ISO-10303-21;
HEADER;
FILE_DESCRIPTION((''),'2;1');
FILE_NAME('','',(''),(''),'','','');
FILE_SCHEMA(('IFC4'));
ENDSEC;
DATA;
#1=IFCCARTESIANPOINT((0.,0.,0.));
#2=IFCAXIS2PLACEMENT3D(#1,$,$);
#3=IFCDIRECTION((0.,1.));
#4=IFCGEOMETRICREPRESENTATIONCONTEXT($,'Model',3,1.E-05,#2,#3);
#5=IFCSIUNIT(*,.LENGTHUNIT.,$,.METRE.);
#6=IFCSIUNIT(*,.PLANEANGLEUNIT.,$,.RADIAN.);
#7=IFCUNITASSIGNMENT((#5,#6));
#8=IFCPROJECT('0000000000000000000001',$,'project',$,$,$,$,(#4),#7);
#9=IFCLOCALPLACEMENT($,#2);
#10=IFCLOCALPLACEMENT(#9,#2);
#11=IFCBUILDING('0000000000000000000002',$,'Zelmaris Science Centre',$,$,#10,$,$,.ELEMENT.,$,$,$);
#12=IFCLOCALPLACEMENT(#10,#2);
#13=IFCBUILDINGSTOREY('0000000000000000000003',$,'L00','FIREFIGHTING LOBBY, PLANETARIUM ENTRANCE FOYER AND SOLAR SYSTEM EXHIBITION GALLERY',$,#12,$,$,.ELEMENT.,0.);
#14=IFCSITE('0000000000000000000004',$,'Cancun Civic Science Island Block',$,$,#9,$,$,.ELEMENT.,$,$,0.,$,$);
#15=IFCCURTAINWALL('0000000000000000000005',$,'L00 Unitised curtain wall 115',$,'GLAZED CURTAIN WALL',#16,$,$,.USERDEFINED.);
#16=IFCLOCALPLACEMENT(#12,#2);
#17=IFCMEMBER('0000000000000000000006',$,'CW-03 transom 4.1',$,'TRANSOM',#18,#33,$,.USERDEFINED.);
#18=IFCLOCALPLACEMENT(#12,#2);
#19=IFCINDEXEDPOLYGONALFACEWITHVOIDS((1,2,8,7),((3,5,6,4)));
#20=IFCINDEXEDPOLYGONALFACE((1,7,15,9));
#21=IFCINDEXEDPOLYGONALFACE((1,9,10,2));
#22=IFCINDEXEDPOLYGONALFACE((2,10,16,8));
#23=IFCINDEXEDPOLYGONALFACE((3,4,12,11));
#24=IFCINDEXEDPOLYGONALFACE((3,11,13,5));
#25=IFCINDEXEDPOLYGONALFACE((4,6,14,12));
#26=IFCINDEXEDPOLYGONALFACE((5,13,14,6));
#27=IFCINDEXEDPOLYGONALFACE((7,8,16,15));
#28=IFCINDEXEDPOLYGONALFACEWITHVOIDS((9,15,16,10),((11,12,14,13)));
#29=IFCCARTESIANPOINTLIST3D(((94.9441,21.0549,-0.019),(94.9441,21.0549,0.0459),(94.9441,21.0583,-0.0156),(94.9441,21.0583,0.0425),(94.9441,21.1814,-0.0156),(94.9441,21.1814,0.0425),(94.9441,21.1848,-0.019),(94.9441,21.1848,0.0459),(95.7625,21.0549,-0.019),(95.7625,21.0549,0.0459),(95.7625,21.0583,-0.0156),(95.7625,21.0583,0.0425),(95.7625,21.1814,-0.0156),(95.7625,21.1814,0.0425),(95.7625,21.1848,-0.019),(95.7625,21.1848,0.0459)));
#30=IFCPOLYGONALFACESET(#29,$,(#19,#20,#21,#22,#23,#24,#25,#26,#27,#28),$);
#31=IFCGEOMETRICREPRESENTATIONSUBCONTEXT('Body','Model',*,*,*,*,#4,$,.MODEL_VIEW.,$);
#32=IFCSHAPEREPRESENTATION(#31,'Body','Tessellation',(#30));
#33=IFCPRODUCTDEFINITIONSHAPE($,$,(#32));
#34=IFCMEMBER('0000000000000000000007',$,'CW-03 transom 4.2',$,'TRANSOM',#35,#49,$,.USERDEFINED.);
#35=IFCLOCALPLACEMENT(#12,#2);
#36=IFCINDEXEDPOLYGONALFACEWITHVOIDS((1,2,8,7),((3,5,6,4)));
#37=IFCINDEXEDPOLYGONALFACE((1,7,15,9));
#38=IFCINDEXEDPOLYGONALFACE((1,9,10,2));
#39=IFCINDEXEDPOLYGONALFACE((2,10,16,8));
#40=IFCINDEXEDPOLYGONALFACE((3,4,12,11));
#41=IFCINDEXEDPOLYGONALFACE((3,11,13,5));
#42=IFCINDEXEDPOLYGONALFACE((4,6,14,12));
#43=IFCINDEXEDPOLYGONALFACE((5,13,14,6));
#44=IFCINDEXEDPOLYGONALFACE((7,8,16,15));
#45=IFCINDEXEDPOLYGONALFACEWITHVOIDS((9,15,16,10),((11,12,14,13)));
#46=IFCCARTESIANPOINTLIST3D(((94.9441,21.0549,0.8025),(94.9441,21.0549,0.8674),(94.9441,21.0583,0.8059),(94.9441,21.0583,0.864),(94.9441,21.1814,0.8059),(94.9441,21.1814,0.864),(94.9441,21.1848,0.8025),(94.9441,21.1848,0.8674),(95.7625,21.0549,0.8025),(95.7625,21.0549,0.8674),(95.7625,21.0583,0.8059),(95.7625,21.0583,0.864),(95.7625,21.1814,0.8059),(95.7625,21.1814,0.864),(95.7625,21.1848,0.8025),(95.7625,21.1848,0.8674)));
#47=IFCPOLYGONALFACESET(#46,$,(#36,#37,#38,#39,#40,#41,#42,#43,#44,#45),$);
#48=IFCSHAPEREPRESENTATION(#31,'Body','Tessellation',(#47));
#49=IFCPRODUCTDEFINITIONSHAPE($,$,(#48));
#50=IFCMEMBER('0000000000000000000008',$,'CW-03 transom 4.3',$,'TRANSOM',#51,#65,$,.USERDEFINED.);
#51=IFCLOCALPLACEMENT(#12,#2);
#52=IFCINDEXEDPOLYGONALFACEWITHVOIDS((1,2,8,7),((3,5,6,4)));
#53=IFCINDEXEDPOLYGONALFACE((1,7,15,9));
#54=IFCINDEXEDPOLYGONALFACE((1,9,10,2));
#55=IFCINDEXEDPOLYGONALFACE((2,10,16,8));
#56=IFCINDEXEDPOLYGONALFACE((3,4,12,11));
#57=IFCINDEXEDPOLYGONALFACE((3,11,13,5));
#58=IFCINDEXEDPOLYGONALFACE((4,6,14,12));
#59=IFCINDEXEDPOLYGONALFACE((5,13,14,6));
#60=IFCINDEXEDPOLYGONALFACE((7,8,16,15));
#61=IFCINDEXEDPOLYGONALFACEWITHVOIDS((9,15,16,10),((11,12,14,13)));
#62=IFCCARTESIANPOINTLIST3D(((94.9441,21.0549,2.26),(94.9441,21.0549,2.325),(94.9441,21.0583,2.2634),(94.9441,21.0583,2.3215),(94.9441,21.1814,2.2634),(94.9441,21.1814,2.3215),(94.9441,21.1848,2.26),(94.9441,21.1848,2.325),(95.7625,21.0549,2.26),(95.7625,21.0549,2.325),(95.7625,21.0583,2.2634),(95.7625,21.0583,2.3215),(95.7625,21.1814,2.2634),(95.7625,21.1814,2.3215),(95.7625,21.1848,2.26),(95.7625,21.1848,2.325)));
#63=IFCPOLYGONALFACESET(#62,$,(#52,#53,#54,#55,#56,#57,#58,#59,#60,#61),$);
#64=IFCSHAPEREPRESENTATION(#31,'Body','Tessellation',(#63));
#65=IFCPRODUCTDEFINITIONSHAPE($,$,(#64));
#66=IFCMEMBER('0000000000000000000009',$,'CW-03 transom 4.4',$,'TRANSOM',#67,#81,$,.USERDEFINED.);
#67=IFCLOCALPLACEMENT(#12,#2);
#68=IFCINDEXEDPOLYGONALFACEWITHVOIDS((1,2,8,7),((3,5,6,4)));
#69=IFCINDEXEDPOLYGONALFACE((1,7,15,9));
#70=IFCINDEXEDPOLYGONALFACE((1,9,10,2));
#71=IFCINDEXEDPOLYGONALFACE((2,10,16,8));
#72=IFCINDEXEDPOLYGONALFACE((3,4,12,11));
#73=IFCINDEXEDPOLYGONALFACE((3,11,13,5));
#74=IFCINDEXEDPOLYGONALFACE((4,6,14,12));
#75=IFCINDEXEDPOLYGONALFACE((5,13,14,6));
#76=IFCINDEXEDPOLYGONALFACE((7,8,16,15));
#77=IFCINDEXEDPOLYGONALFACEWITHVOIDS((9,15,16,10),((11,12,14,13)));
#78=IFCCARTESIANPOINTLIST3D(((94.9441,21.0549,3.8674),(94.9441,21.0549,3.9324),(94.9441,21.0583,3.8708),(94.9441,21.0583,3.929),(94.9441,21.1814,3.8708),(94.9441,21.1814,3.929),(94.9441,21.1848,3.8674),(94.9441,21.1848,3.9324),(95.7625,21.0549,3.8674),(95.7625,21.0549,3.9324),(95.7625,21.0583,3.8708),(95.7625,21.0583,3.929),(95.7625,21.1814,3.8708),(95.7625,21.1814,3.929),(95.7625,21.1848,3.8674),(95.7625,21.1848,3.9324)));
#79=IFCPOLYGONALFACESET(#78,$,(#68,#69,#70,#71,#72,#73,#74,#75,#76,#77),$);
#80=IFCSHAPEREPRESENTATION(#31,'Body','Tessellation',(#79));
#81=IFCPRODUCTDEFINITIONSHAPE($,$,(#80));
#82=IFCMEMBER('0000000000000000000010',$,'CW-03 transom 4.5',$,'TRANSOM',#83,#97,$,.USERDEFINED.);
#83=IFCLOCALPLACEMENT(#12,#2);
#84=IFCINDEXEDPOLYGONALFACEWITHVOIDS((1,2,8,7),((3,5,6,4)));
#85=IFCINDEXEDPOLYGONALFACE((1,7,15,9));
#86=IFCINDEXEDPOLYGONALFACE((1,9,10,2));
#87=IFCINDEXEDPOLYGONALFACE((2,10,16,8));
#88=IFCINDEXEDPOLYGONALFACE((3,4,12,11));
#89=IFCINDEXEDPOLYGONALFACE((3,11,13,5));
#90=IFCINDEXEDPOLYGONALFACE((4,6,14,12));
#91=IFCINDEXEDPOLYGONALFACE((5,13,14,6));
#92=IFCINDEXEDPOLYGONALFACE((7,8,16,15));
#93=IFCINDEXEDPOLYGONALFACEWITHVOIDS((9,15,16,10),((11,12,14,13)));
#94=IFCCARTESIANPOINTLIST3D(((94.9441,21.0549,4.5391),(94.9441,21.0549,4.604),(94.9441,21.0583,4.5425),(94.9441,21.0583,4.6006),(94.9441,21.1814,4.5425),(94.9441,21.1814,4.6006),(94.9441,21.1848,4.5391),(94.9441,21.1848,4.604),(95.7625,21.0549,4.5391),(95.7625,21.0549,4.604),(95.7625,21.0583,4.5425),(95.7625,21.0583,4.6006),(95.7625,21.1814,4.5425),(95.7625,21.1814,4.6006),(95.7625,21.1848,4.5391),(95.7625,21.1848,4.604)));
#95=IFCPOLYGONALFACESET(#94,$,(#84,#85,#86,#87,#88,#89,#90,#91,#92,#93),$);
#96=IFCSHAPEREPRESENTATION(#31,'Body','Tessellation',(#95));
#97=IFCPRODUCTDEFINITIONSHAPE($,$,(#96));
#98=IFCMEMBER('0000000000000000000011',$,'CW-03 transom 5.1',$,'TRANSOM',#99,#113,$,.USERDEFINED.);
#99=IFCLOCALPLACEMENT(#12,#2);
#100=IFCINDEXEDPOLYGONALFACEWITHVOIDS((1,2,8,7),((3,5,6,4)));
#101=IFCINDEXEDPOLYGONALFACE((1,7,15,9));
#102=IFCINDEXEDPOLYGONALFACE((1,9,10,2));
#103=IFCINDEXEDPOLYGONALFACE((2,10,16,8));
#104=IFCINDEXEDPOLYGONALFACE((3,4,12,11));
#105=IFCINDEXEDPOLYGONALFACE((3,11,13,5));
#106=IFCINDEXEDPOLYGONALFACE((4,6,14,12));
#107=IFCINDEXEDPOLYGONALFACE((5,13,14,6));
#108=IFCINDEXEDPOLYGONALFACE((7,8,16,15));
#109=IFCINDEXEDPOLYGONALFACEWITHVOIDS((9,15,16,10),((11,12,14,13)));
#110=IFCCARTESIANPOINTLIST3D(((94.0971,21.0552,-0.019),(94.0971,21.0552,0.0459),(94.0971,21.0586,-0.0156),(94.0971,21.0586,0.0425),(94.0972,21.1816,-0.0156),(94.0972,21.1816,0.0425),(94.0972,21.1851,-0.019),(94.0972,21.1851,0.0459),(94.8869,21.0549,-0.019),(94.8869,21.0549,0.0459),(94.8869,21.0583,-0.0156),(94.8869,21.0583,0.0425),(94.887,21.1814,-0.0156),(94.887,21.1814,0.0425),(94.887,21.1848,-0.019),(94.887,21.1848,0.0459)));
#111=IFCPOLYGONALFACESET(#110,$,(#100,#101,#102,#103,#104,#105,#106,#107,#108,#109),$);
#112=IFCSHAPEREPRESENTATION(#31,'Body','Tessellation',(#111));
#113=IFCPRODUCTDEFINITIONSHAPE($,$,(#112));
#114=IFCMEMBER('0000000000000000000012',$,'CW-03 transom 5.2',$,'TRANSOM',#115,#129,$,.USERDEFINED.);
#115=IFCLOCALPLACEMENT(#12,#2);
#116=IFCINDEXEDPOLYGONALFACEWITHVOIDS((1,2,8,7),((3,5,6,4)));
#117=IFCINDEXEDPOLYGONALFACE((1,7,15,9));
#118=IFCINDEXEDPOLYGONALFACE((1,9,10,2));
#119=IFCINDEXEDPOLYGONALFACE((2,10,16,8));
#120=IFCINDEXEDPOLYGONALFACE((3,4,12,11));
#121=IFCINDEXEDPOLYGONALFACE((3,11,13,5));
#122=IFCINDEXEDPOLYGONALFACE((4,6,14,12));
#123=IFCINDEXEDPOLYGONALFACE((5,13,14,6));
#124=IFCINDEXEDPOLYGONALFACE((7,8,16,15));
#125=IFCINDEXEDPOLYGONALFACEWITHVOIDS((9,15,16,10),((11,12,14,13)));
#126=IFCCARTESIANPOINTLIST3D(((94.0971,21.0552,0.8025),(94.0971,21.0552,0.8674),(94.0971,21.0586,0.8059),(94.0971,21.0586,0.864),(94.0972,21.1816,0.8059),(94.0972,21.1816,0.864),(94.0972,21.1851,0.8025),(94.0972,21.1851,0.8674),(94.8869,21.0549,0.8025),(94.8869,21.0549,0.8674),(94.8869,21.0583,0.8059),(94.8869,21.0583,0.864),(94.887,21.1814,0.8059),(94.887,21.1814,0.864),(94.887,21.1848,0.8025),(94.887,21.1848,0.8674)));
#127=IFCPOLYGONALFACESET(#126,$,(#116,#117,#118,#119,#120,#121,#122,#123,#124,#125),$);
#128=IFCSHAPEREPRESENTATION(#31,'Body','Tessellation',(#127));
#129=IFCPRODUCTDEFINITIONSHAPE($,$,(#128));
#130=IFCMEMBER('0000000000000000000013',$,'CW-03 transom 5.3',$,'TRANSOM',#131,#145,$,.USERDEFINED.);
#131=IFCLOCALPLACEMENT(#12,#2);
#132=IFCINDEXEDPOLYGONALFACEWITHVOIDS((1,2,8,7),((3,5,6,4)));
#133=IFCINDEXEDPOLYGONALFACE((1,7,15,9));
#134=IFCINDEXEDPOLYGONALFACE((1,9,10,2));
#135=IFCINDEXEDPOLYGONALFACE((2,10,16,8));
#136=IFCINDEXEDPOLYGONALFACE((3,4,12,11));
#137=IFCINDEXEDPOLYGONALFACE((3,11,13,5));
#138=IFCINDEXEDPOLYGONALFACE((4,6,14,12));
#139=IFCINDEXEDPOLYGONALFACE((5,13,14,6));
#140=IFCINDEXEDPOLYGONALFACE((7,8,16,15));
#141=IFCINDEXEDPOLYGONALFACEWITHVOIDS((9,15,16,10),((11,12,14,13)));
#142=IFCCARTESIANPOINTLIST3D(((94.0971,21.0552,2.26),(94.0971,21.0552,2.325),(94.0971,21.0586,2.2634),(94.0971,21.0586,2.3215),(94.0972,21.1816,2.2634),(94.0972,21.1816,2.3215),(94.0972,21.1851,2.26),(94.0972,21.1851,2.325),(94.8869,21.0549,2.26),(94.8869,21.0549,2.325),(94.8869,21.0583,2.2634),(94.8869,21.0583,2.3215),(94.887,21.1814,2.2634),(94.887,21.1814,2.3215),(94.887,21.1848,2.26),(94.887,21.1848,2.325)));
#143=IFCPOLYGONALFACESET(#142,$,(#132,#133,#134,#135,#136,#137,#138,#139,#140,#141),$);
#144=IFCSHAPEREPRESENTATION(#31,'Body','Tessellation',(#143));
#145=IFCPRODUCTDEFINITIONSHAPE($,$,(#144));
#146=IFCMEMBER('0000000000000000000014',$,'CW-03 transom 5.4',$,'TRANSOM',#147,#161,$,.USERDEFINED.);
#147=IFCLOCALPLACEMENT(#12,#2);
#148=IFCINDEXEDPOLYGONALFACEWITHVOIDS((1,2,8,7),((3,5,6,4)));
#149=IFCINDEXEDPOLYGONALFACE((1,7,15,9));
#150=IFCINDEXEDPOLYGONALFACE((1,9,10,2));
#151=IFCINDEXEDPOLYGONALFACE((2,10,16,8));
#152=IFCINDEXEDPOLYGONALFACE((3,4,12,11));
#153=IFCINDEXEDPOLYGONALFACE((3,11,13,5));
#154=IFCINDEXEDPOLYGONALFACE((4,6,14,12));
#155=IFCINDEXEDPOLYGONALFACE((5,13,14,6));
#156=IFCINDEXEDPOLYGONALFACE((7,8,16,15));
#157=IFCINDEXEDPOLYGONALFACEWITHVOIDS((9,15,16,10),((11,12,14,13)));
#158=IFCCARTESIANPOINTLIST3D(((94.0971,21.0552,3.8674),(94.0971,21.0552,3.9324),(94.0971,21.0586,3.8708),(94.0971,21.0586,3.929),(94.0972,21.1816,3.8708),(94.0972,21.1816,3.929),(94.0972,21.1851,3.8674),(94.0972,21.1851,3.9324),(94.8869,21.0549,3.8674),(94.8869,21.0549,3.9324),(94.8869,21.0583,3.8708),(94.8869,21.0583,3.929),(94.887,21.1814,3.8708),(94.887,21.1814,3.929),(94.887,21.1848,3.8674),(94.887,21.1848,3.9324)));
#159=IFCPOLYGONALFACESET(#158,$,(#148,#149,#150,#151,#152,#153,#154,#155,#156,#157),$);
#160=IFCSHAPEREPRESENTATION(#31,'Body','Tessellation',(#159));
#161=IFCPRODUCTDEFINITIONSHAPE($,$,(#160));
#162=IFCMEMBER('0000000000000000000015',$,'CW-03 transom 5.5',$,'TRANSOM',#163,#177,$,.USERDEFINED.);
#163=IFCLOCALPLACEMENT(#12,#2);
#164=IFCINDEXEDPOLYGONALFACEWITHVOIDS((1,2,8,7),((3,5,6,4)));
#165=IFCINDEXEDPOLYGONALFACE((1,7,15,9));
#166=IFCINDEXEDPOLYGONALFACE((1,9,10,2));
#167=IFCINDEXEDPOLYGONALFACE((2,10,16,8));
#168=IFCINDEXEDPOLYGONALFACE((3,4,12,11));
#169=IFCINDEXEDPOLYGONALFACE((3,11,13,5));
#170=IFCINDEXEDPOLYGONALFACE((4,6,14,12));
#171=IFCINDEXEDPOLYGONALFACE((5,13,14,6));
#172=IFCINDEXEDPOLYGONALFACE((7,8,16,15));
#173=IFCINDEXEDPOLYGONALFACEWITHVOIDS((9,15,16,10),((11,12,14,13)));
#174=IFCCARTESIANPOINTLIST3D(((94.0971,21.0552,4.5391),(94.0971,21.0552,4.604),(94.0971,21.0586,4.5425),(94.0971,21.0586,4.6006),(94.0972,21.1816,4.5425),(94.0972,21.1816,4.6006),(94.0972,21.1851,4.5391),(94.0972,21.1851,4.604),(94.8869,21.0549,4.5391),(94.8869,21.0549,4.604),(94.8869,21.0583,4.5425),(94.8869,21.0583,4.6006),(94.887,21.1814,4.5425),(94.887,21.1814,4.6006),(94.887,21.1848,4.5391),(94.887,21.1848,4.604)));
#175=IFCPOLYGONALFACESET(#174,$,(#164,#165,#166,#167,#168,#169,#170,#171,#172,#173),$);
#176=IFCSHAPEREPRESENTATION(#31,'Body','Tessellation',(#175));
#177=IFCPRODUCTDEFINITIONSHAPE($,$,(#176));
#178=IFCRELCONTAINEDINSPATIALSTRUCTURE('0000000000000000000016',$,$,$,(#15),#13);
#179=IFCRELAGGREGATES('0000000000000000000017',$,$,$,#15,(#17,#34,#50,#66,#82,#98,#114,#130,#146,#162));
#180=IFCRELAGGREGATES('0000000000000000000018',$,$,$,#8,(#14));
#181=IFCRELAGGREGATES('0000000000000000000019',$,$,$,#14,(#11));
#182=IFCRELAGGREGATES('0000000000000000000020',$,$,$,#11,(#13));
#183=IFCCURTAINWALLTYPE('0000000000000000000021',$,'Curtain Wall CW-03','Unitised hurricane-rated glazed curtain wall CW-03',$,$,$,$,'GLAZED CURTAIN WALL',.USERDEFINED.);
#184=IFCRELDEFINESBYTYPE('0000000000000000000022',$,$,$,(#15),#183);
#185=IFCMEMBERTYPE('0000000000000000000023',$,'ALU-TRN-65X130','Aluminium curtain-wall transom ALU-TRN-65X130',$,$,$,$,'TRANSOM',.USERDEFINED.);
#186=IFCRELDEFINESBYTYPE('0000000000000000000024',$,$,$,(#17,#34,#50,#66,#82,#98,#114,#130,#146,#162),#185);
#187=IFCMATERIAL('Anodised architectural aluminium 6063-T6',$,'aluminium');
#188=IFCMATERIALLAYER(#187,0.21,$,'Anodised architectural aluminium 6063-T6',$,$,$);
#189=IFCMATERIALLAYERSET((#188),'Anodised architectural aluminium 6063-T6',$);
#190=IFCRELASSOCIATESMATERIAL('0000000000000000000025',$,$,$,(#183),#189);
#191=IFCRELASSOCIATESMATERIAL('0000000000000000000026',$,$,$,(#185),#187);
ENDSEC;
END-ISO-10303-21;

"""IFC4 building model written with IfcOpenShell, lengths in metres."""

from ifc_helpers import new_model, si_unit, direction, frame, origin, origin_2d, place, context, subcontext, project, spatial, hollow_rectangle, extrude, material, layer, layer_set, material_profile, profile_set, type_object, element, aggregate, save


model = new_model("IFC4")

# Units and contexts
model_context = context("Model", 3, precision=1e-05, world=origin(), true_north=direction((0.0, 1.0)))
body_context = subcontext(model_context, "Body", "Model", "MODEL_VIEW")
ifc_project = project(units=[si_unit("LENGTHUNIT", "METRE"), si_unit("PLANEANGLEUNIT", "RADIAN")], contexts=[model_context])

# Site, building, storey
site_placement = place(None, origin())
site = spatial("IfcSite", under=ifc_project, at=site_placement, Name="Cancun Civic Science Island Block", CompositionType="ELEMENT", RefElevation=0.0)
building_placement = place(site_placement, origin())
building = spatial("IfcBuilding", under=site, at=building_placement, Name="Zelmaris Science Centre", CompositionType="ELEMENT")
storey_placement = place(building_placement, origin())
storey = spatial("IfcBuildingStorey", under=building, at=storey_placement, Name="L00", Description="FIREFIGHTING LOBBY, PLANETARIUM ENTRANCE FOYER AND SOLAR SYSTEM EXHIBITION GALLERY", CompositionType="ELEMENT", Elevation=0.0)

# Curtain wall, members
ifc_material_1 = material(Name="Anodised architectural aluminium 6063-T6", Category="aluminium")
ifc_layer_1 = layer(ifc_material_1, 0.21, Name="Anodised architectural aluminium 6063-T6")
ifc_layer_set_1 = layer_set([ifc_layer_1], Name="Anodised architectural aluminium 6063-T6")
curtain_wall_type = type_object("IfcCurtainWallType", Name="Curtain Wall CW-03", Description="Unitised hurricane-rated glazed curtain wall CW-03", ElementType="GLAZED CURTAIN WALL", PredefinedType="USERDEFINED", material=ifc_layer_set_1)
curtain_wall_placement = place(storey_placement, origin())
curtain_wall = element("IfcCurtainWall", 1, at=curtain_wall_placement, inside=storey, type_object=curtain_wall_type, Name="L00 Unitised curtain wall 115", ObjectType="GLAZED CURTAIN WALL", PredefinedType="USERDEFINED")
ifc_material_profile_1 = material_profile(ifc_material_1, hollow_rectangle(XDim=0.0649, YDim=0.1299, WallThickness=0.0034, at=origin_2d()), Name="ALU-TRN-65X130")
ifc_profile_set_1 = profile_set([ifc_material_profile_1], Name="Anodised architectural aluminium 6063-T6")
member_type_1 = type_object("IfcMemberType", Name="ALU-TRN-65X130", Description="Aluminium curtain-wall transom ALU-TRN-65X130", ElementType="TRANSOM", PredefinedType="USERDEFINED", material=ifc_profile_set_1)
member_1_placement = place(storey_placement, frame((95.7625, 21.1199, 0.0134), z_axis=(-1.0, 0.0, 0.0), x_axis=(0.0, 0.0, 1.0)))
member_1 = element("IfcMember", 2, at=member_1_placement, type_object=member_type_1, Name="CW-03 transom 4.1", ObjectType="TRANSOM", PredefinedType="USERDEFINED", context=body_context, shape_type="SweptSolid", body=[
    extrude(hollow_rectangle(XDim=0.0649, YDim=0.1299, WallThickness=0.0034, at=origin_2d()), origin(), (0.0, 0.0, 1.0), 0.8184),
])
member_2_placement = place(storey_placement, frame((95.7625, 21.1199, 0.835), z_axis=(-1.0, 0.0, 0.0), x_axis=(0.0, 0.0, 1.0)))
member_2 = element("IfcMember", 3, at=member_2_placement, type_object=member_type_1, Name="CW-03 transom 4.2", ObjectType="TRANSOM", PredefinedType="USERDEFINED", context=body_context, shape_type="SweptSolid", body=[
    extrude(hollow_rectangle(XDim=0.0649, YDim=0.1299, WallThickness=0.0034, at=origin_2d()), origin(), (0.0, 0.0, 1.0), 0.8184),
])
member_3_placement = place(storey_placement, frame((95.7625, 21.1199, 2.2925), z_axis=(-1.0, 0.0, 0.0), x_axis=(0.0, 0.0, 1.0)))
member_3 = element("IfcMember", 4, at=member_3_placement, type_object=member_type_1, Name="CW-03 transom 4.3", ObjectType="TRANSOM", PredefinedType="USERDEFINED", context=body_context, shape_type="SweptSolid", body=[
    extrude(hollow_rectangle(XDim=0.0649, YDim=0.1299, WallThickness=0.0034, at=origin_2d()), origin(), (0.0, 0.0, 1.0), 0.8184),
])
member_4_placement = place(storey_placement, frame((95.7625, 21.1199, 3.8999), z_axis=(-1.0, 0.0, 0.0), x_axis=(0.0, 0.0, 1.0)))
member_4 = element("IfcMember", 5, at=member_4_placement, type_object=member_type_1, Name="CW-03 transom 4.4", ObjectType="TRANSOM", PredefinedType="USERDEFINED", context=body_context, shape_type="SweptSolid", body=[
    extrude(hollow_rectangle(XDim=0.0649, YDim=0.1299, WallThickness=0.0034, at=origin_2d()), origin(), (0.0, 0.0, 1.0), 0.8184),
])
member_5_placement = place(storey_placement, frame((95.7625, 21.1199, 4.5715), z_axis=(-1.0, 0.0, 0.0), x_axis=(0.0, 0.0, 1.0)))
member_5 = element("IfcMember", 6, at=member_5_placement, type_object=member_type_1, Name="CW-03 transom 4.5", ObjectType="TRANSOM", PredefinedType="USERDEFINED", context=body_context, shape_type="SweptSolid", body=[
    extrude(hollow_rectangle(XDim=0.0649, YDim=0.1299, WallThickness=0.0034, at=origin_2d()), origin(), (0.0, 0.0, 1.0), 0.8184),
])
member_6_placement = place(storey_placement, frame((94.887, 21.1199, 0.0134), z_axis=(-1.0, 0.000309, 0.0), x_axis=(0.0, 0.0, 1.0)))
member_6 = element("IfcMember", 7, at=member_6_placement, type_object=member_type_1, Name="CW-03 transom 5.1", ObjectType="TRANSOM", PredefinedType="USERDEFINED", context=body_context, shape_type="SweptSolid", body=[
    extrude(hollow_rectangle(XDim=0.0649, YDim=0.1299, WallThickness=0.0034, at=origin_2d()), origin(), (0.0, 0.0, 1.0), 0.7898),
])
member_7_placement = place(storey_placement, frame((94.887, 21.1199, 0.835), z_axis=(-1.0, 0.000309, 0.0), x_axis=(0.0, 0.0, 1.0)))
member_7 = element("IfcMember", 8, at=member_7_placement, type_object=member_type_1, Name="CW-03 transom 5.2", ObjectType="TRANSOM", PredefinedType="USERDEFINED", context=body_context, shape_type="SweptSolid", body=[
    extrude(hollow_rectangle(XDim=0.0649, YDim=0.1299, WallThickness=0.0034, at=origin_2d()), origin(), (0.0, 0.0, 1.0), 0.7898),
])
member_8_placement = place(storey_placement, frame((94.887, 21.1199, 2.2925), z_axis=(-1.0, 0.000309, 0.0), x_axis=(0.0, 0.0, 1.0)))
member_8 = element("IfcMember", 9, at=member_8_placement, type_object=member_type_1, Name="CW-03 transom 5.3", ObjectType="TRANSOM", PredefinedType="USERDEFINED", context=body_context, shape_type="SweptSolid", body=[
    extrude(hollow_rectangle(XDim=0.0649, YDim=0.1299, WallThickness=0.0034, at=origin_2d()), origin(), (0.0, 0.0, 1.0), 0.7898),
])
member_9_placement = place(storey_placement, frame((94.887, 21.1199, 3.8999), z_axis=(-1.0, 0.000309, 0.0), x_axis=(0.0, 0.0, 1.0)))
member_9 = element("IfcMember", 10, at=member_9_placement, type_object=member_type_1, Name="CW-03 transom 5.4", ObjectType="TRANSOM", PredefinedType="USERDEFINED", context=body_context, shape_type="SweptSolid", body=[
    extrude(hollow_rectangle(XDim=0.0649, YDim=0.1299, WallThickness=0.0034, at=origin_2d()), origin(), (0.0, 0.0, 1.0), 0.7898),
])
member_10_placement = place(storey_placement, frame((94.887, 21.1199, 4.5715), z_axis=(-1.0, 0.000309, 0.0), x_axis=(0.0, 0.0, 1.0)))
member_10 = element("IfcMember", 11, at=member_10_placement, type_object=member_type_1, Name="CW-03 transom 5.5", ObjectType="TRANSOM", PredefinedType="USERDEFINED", context=body_context, shape_type="SweptSolid", body=[
    extrude(hollow_rectangle(XDim=0.0649, YDim=0.1299, WallThickness=0.0034, at=origin_2d()), origin(), (0.0, 0.0, 1.0), 0.7898),
])

aggregate(curtain_wall, [member_1, member_2, member_3, member_4, member_5, member_6, member_7, member_8, member_9, member_10])

save(model, "model.ifc")
